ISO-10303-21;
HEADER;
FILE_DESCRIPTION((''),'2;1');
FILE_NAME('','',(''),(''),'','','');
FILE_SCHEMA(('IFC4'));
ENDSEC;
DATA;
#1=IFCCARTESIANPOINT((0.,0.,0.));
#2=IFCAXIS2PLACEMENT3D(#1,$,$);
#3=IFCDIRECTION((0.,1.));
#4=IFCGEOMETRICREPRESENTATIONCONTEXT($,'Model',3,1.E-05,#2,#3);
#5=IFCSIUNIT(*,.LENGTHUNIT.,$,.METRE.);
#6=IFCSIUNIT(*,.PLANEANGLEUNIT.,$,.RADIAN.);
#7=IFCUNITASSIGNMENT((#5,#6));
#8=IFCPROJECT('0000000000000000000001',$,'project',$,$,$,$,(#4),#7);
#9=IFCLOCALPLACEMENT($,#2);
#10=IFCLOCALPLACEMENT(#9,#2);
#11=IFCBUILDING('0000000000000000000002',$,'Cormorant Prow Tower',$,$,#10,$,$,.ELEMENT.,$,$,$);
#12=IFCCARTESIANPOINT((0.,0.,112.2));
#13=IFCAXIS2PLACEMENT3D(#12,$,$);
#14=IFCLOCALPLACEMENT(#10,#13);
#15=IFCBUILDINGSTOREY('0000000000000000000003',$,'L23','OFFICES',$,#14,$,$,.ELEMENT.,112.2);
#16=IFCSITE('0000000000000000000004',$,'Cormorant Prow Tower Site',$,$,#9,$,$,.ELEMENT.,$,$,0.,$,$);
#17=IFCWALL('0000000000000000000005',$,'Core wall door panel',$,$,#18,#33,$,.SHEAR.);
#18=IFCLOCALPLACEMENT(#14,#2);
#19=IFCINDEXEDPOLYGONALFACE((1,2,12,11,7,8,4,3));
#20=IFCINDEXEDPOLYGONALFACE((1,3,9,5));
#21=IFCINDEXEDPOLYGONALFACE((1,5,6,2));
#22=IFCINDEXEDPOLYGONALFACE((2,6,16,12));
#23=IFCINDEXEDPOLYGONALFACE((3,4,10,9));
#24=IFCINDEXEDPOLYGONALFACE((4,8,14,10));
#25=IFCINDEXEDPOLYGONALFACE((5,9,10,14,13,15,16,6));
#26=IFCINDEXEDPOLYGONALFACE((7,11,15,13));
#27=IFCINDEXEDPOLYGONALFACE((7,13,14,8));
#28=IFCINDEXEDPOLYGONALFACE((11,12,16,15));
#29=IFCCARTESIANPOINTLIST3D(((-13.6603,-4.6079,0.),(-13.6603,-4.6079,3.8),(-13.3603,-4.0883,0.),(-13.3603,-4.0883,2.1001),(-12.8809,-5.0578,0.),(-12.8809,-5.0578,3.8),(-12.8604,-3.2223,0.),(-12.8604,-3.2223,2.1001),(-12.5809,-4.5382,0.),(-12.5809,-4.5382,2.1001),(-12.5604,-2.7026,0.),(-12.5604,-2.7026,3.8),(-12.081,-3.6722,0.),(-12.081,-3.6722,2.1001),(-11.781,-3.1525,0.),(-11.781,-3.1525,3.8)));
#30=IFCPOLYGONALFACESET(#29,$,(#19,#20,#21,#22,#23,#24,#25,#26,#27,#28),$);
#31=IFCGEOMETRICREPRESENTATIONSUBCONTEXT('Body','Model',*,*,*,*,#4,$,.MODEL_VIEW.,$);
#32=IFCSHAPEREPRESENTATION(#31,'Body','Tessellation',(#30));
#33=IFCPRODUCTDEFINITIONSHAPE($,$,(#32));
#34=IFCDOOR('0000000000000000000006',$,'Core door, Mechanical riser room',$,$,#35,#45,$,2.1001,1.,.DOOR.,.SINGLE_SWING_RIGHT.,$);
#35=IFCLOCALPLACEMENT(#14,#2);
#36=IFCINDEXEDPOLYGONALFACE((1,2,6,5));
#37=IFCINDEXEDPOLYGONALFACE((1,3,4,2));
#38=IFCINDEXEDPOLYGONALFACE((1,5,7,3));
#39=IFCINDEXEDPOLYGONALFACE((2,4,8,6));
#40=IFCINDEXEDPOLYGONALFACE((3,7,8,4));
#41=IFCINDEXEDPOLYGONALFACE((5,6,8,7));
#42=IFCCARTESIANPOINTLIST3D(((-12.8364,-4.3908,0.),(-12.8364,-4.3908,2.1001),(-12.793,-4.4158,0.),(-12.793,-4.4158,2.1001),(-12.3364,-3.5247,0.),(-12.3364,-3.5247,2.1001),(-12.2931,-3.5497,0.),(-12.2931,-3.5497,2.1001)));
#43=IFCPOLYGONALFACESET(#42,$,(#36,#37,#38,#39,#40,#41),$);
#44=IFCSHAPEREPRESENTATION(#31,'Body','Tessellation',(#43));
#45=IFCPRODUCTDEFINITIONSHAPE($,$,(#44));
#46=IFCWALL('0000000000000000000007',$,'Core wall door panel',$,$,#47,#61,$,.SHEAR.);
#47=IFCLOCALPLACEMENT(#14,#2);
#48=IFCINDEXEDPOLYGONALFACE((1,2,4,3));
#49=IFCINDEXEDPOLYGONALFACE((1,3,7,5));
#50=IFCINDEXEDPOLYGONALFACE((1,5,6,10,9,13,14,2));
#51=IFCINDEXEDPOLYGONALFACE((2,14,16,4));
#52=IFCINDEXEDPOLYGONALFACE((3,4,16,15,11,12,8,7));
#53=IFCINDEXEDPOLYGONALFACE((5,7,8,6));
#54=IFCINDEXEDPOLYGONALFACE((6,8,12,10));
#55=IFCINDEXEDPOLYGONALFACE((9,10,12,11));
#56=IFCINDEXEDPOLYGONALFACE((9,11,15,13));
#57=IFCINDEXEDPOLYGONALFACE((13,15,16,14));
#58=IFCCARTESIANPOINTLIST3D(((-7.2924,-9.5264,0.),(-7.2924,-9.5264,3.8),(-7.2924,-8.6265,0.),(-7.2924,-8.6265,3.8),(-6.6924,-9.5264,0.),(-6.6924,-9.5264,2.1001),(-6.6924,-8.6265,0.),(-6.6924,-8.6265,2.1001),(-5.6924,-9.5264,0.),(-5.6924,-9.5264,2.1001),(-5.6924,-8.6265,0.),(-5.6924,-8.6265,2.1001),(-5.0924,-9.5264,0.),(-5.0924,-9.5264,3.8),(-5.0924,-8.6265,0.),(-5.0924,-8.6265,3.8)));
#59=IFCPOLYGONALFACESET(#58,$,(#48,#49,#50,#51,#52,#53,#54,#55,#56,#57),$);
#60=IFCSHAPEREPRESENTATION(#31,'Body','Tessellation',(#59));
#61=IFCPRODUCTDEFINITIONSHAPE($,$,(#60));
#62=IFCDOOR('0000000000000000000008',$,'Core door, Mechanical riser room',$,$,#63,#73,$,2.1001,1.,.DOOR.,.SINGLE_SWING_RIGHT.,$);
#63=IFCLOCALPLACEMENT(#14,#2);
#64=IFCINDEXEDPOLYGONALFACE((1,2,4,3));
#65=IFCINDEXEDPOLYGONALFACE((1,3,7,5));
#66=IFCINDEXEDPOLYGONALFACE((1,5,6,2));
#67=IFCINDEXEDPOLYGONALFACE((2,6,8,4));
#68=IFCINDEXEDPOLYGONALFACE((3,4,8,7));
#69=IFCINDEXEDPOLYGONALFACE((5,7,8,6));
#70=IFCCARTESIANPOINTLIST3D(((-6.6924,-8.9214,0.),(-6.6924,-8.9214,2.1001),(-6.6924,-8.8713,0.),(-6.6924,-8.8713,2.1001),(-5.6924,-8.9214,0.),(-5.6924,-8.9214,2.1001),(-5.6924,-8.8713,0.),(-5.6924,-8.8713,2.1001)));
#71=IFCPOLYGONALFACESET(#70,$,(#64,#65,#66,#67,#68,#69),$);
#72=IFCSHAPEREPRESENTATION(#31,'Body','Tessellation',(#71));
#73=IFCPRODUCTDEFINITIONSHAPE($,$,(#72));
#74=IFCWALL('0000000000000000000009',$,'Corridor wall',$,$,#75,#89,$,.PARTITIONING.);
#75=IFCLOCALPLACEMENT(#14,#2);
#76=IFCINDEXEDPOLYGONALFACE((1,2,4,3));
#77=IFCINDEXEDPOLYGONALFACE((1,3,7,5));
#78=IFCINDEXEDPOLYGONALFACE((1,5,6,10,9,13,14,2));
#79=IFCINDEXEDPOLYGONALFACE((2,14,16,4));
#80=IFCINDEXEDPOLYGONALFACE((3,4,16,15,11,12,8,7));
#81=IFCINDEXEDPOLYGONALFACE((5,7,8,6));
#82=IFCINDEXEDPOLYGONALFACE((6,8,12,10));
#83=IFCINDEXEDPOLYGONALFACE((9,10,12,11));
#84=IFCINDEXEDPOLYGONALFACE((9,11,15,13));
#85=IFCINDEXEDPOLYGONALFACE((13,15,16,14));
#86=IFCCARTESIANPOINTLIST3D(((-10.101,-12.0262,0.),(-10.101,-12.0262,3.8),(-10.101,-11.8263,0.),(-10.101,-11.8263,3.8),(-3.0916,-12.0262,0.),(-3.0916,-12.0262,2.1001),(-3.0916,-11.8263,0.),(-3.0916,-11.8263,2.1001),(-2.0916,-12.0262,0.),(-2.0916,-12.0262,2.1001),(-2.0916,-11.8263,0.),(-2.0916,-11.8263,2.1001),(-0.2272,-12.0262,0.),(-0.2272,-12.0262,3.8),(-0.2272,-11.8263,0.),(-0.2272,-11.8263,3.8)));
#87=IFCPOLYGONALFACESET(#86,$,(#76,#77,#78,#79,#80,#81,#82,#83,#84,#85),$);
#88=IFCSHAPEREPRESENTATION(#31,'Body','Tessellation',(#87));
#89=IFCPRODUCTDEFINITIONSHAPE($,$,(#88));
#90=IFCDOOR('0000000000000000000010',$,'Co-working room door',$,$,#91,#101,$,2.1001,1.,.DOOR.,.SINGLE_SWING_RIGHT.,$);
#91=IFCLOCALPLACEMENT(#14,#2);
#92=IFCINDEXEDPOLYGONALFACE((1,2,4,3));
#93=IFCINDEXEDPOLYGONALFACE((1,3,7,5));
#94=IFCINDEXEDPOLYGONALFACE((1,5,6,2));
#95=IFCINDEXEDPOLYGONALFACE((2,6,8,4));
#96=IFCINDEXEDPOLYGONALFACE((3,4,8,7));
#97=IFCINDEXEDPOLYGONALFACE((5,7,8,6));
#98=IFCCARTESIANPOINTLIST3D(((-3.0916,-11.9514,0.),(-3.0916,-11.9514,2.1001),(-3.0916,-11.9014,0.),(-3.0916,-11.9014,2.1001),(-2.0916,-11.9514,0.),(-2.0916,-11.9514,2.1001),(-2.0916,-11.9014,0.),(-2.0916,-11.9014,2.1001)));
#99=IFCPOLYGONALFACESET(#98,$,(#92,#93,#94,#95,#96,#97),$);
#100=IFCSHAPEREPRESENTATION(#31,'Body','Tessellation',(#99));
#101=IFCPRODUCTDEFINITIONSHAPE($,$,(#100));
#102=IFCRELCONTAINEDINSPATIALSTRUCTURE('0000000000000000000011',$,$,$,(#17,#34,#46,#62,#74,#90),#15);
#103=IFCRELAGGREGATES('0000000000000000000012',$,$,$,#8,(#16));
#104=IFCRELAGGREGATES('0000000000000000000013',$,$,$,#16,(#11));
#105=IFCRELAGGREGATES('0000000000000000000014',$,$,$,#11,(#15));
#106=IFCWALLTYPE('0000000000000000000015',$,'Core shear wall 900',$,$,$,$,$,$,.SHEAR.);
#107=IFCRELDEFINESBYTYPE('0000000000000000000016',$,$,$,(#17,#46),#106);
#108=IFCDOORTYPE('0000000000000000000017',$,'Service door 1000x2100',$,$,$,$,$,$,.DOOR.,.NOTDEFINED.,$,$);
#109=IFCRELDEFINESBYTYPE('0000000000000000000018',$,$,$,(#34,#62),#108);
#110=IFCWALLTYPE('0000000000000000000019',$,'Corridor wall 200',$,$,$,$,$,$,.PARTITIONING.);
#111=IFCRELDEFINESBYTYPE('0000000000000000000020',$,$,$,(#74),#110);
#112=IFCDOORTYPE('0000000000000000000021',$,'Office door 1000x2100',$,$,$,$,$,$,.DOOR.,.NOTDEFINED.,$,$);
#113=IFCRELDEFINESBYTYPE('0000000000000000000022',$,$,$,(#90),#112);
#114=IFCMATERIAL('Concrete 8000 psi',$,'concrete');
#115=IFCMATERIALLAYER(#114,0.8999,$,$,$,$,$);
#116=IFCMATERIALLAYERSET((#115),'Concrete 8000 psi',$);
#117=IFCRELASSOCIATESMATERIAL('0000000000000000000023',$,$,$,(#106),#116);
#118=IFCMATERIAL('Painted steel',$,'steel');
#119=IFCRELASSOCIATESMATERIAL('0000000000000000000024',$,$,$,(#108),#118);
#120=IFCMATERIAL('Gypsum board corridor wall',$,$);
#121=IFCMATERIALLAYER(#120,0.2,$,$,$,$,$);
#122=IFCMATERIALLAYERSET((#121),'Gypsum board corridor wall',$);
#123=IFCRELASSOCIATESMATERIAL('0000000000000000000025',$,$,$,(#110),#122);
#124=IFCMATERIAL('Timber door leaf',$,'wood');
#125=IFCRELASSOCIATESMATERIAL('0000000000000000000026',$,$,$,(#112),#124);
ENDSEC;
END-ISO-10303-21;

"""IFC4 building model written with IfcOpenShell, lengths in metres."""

from ifc_helpers import new_model, si_unit, direction, frame, frame_2d, origin, place, context, subcontext, project, spatial, rectangle, extrude, material, layer, layer_set, type_object, element, fill, save


model = new_model("IFC4")

# Units and contexts
model_context = context("Model", 3, precision=1e-05, world=origin(), true_north=direction((0.0, 1.0)))
body_context = subcontext(model_context, "Body", "Model", "MODEL_VIEW")
ifc_project = project(units=[si_unit("LENGTHUNIT", "METRE"), si_unit("PLANEANGLEUNIT", "RADIAN")], contexts=[model_context])

# Site, building, storey
site_placement = place(None, origin())
site = spatial("IfcSite", under=ifc_project, at=site_placement, Name="Cormorant Prow Tower Site", CompositionType="ELEMENT", RefElevation=0.0)
building_placement = place(site_placement, origin())
building = spatial("IfcBuilding", under=site, at=building_placement, Name="Cormorant Prow Tower", CompositionType="ELEMENT")
storey_placement = place(building_placement, frame((0.0, 0.0, 112.2)))
storey = spatial("IfcBuildingStorey", under=building, at=storey_placement, Name="L23", Description="OFFICES", CompositionType="ELEMENT", Elevation=112.2)

# Shared definitions
ifc_material_1 = material(Name="Concrete 8000 psi", Category="concrete")
ifc_layer_1 = layer(ifc_material_1, 0.8999)
ifc_layer_set_1 = layer_set([ifc_layer_1], Name="Concrete 8000 psi")
wall_type_1 = type_object("IfcWallType", Name="Core shear wall 900", PredefinedType="SHEAR", material=ifc_layer_set_1)

# Walls, openings, doors
ifc_material_2 = material(Name="Painted steel", Category="steel")
door_type_1 = type_object("IfcDoorType", Name="Service door 1000x2100", OperationType="NOTDEFINED", PredefinedType="DOOR", material=ifc_material_2)
wall_1_placement = place(storey_placement, frame((-12.1707, -2.9275, 0.0), z_axis=(0.0, 0.0, 1.0), x_axis=(-0.499947, -0.866056, 0.0)))
wall_1 = element("IfcWall", 1, at=wall_1_placement, inside=storey, type_object=wall_type_1, Name="Core wall door panel", PredefinedType="SHEAR", context=body_context, shape_type="SweptSolid", body=[
    extrude(rectangle(XDim=2.2, YDim=0.8999, at=frame_2d((1.1001, 0.0))), origin(), (0.0, 0.0, 1.0), 3.8),
])
opening_1_placement = place(wall_1_placement, frame((0.6001, 0.0, 0.0)))
opening_1 = element("IfcOpeningElement", 2, at=opening_1_placement, cuts=wall_1, PredefinedType="OPENING", context=body_context, shape_type="SweptSolid", body=[
    extrude(rectangle(XDim=1.0, YDim=2.1001, at=frame_2d((0.5, 1.05))), frame((0.0, 0.46, 0.0), z_axis=(0.0, -1.0, 0.0), x_axis=(1.0, 0.0, 0.0)), (0.0, 0.0, 1.0), 0.9199),
])
door_1_placement = place(opening_1_placement, origin())
door_1 = element("IfcDoor", 3, at=door_1_placement, inside=storey, type_object=door_type_1, Name="Core door, Mechanical riser room", OperationType="SINGLE_SWING_RIGHT", OverallHeight=2.1001, OverallWidth=1.0, PredefinedType="DOOR", context=body_context, shape_type="SweptSolid", body=[
    extrude(rectangle(XDim=1.0, YDim=2.1001, at=frame_2d((0.5, 1.05))), frame((0.0, 0.2051, 0.0), z_axis=(0.0, -1.0, 0.0), x_axis=(1.0, 0.0, 0.0)), (0.0, 0.0, 1.0), 0.05),
])
fill(opening_1, door_1)
wall_2_placement = place(storey_placement, frame((-7.2925, -9.0764, 0.0), z_axis=(0.0, 0.0, 1.0), x_axis=(1.0, 0.0, 0.0)))
wall_2 = element("IfcWall", 4, at=wall_2_placement, inside=storey, type_object=wall_type_1, Name="Core wall door panel", PredefinedType="SHEAR", context=body_context, shape_type="SweptSolid", body=[
    extrude(rectangle(XDim=2.2, YDim=0.8999, at=frame_2d((1.1001, 0.0))), origin(), (0.0, 0.0, 1.0), 3.8),
])
opening_2_placement = place(wall_2_placement, frame((0.6001, 0.0, 0.0)))
opening_2 = element("IfcOpeningElement", 5, at=opening_2_placement, cuts=wall_2, PredefinedType="OPENING", context=body_context, shape_type="SweptSolid", body=[
    extrude(rectangle(XDim=1.0, YDim=2.1001, at=frame_2d((0.5, 1.05))), frame((0.0, 0.46, 0.0), z_axis=(0.0, -1.0, 0.0), x_axis=(1.0, 0.0, 0.0)), (0.0, 0.0, 1.0), 0.9199),
])
door_2_placement = place(opening_2_placement, origin())
door_2 = element("IfcDoor", 6, at=door_2_placement, inside=storey, type_object=door_type_1, Name="Core door, Mechanical riser room", OperationType="SINGLE_SWING_RIGHT", OverallHeight=2.1001, OverallWidth=1.0, PredefinedType="DOOR", context=body_context, shape_type="SweptSolid", body=[
    extrude(rectangle(XDim=1.0, YDim=2.1001, at=frame_2d((0.5, 1.05))), frame((0.0, 0.2051, 0.0), z_axis=(0.0, -1.0, 0.0), x_axis=(1.0, 0.0, 0.0)), (0.0, 0.0, 1.0), 0.05),
])
fill(opening_2, door_2)
ifc_material_3 = material(Name="Gypsum board corridor wall")
ifc_layer_2 = layer(ifc_material_3, 0.2)
ifc_layer_set_2 = layer_set([ifc_layer_2], Name="Gypsum board corridor wall")
wall_type_2 = type_object("IfcWallType", Name="Corridor wall 200", PredefinedType="PARTITIONING", material=ifc_layer_set_2)
wall_3_placement = place(storey_placement, frame((-10.1011, -11.9263, 0.0), z_axis=(0.0, 0.0, 1.0), x_axis=(1.0, 0.0, 0.0)))
wall_3 = element("IfcWall", 7, at=wall_3_placement, inside=storey, type_object=wall_type_2, Name="Corridor wall", PredefinedType="PARTITIONING", context=body_context, shape_type="SweptSolid", body=[
    extrude(rectangle(XDim=9.8738, YDim=0.2, at=frame_2d((4.937, 0.0))), origin(), (0.0, 0.0, 1.0), 3.8),
])
opening_3_placement = place(wall_3_placement, frame((7.0095, 0.0, 0.0)))
opening_3 = element("IfcOpeningElement", 8, at=opening_3_placement, cuts=wall_3, PredefinedType="OPENING", context=body_context, shape_type="SweptSolid", body=[
    extrude(rectangle(XDim=1.0, YDim=2.1001, at=frame_2d((0.5, 1.05))), frame((0.0, 0.1099, 0.0), z_axis=(0.0, -1.0, 0.0), x_axis=(1.0, 0.0, 0.0)), (0.0, 0.0, 1.0), 0.22),
])
ifc_material_4 = material(Name="Timber door leaf", Category="wood")
door_type_2 = type_object("IfcDoorType", Name="Office door 1000x2100", OperationType="NOTDEFINED", PredefinedType="DOOR", material=ifc_material_4)
door_3_placement = place(opening_3_placement, origin())
door_3 = element("IfcDoor", 9, at=door_3_placement, inside=storey, type_object=door_type_2, Name="Co-working room door", OperationType="SINGLE_SWING_RIGHT", OverallHeight=2.1001, OverallWidth=1.0, PredefinedType="DOOR", context=body_context, shape_type="SweptSolid", body=[
    extrude(rectangle(XDim=1.0, YDim=2.1001, at=frame_2d((0.5, 1.05))), frame((0.0, 0.0249, 0.0), z_axis=(0.0, -1.0, 0.0), x_axis=(1.0, 0.0, 0.0)), (0.0, 0.0, 1.0), 0.05),
])
fill(opening_3, door_3)

save(model, "model.ifc")
